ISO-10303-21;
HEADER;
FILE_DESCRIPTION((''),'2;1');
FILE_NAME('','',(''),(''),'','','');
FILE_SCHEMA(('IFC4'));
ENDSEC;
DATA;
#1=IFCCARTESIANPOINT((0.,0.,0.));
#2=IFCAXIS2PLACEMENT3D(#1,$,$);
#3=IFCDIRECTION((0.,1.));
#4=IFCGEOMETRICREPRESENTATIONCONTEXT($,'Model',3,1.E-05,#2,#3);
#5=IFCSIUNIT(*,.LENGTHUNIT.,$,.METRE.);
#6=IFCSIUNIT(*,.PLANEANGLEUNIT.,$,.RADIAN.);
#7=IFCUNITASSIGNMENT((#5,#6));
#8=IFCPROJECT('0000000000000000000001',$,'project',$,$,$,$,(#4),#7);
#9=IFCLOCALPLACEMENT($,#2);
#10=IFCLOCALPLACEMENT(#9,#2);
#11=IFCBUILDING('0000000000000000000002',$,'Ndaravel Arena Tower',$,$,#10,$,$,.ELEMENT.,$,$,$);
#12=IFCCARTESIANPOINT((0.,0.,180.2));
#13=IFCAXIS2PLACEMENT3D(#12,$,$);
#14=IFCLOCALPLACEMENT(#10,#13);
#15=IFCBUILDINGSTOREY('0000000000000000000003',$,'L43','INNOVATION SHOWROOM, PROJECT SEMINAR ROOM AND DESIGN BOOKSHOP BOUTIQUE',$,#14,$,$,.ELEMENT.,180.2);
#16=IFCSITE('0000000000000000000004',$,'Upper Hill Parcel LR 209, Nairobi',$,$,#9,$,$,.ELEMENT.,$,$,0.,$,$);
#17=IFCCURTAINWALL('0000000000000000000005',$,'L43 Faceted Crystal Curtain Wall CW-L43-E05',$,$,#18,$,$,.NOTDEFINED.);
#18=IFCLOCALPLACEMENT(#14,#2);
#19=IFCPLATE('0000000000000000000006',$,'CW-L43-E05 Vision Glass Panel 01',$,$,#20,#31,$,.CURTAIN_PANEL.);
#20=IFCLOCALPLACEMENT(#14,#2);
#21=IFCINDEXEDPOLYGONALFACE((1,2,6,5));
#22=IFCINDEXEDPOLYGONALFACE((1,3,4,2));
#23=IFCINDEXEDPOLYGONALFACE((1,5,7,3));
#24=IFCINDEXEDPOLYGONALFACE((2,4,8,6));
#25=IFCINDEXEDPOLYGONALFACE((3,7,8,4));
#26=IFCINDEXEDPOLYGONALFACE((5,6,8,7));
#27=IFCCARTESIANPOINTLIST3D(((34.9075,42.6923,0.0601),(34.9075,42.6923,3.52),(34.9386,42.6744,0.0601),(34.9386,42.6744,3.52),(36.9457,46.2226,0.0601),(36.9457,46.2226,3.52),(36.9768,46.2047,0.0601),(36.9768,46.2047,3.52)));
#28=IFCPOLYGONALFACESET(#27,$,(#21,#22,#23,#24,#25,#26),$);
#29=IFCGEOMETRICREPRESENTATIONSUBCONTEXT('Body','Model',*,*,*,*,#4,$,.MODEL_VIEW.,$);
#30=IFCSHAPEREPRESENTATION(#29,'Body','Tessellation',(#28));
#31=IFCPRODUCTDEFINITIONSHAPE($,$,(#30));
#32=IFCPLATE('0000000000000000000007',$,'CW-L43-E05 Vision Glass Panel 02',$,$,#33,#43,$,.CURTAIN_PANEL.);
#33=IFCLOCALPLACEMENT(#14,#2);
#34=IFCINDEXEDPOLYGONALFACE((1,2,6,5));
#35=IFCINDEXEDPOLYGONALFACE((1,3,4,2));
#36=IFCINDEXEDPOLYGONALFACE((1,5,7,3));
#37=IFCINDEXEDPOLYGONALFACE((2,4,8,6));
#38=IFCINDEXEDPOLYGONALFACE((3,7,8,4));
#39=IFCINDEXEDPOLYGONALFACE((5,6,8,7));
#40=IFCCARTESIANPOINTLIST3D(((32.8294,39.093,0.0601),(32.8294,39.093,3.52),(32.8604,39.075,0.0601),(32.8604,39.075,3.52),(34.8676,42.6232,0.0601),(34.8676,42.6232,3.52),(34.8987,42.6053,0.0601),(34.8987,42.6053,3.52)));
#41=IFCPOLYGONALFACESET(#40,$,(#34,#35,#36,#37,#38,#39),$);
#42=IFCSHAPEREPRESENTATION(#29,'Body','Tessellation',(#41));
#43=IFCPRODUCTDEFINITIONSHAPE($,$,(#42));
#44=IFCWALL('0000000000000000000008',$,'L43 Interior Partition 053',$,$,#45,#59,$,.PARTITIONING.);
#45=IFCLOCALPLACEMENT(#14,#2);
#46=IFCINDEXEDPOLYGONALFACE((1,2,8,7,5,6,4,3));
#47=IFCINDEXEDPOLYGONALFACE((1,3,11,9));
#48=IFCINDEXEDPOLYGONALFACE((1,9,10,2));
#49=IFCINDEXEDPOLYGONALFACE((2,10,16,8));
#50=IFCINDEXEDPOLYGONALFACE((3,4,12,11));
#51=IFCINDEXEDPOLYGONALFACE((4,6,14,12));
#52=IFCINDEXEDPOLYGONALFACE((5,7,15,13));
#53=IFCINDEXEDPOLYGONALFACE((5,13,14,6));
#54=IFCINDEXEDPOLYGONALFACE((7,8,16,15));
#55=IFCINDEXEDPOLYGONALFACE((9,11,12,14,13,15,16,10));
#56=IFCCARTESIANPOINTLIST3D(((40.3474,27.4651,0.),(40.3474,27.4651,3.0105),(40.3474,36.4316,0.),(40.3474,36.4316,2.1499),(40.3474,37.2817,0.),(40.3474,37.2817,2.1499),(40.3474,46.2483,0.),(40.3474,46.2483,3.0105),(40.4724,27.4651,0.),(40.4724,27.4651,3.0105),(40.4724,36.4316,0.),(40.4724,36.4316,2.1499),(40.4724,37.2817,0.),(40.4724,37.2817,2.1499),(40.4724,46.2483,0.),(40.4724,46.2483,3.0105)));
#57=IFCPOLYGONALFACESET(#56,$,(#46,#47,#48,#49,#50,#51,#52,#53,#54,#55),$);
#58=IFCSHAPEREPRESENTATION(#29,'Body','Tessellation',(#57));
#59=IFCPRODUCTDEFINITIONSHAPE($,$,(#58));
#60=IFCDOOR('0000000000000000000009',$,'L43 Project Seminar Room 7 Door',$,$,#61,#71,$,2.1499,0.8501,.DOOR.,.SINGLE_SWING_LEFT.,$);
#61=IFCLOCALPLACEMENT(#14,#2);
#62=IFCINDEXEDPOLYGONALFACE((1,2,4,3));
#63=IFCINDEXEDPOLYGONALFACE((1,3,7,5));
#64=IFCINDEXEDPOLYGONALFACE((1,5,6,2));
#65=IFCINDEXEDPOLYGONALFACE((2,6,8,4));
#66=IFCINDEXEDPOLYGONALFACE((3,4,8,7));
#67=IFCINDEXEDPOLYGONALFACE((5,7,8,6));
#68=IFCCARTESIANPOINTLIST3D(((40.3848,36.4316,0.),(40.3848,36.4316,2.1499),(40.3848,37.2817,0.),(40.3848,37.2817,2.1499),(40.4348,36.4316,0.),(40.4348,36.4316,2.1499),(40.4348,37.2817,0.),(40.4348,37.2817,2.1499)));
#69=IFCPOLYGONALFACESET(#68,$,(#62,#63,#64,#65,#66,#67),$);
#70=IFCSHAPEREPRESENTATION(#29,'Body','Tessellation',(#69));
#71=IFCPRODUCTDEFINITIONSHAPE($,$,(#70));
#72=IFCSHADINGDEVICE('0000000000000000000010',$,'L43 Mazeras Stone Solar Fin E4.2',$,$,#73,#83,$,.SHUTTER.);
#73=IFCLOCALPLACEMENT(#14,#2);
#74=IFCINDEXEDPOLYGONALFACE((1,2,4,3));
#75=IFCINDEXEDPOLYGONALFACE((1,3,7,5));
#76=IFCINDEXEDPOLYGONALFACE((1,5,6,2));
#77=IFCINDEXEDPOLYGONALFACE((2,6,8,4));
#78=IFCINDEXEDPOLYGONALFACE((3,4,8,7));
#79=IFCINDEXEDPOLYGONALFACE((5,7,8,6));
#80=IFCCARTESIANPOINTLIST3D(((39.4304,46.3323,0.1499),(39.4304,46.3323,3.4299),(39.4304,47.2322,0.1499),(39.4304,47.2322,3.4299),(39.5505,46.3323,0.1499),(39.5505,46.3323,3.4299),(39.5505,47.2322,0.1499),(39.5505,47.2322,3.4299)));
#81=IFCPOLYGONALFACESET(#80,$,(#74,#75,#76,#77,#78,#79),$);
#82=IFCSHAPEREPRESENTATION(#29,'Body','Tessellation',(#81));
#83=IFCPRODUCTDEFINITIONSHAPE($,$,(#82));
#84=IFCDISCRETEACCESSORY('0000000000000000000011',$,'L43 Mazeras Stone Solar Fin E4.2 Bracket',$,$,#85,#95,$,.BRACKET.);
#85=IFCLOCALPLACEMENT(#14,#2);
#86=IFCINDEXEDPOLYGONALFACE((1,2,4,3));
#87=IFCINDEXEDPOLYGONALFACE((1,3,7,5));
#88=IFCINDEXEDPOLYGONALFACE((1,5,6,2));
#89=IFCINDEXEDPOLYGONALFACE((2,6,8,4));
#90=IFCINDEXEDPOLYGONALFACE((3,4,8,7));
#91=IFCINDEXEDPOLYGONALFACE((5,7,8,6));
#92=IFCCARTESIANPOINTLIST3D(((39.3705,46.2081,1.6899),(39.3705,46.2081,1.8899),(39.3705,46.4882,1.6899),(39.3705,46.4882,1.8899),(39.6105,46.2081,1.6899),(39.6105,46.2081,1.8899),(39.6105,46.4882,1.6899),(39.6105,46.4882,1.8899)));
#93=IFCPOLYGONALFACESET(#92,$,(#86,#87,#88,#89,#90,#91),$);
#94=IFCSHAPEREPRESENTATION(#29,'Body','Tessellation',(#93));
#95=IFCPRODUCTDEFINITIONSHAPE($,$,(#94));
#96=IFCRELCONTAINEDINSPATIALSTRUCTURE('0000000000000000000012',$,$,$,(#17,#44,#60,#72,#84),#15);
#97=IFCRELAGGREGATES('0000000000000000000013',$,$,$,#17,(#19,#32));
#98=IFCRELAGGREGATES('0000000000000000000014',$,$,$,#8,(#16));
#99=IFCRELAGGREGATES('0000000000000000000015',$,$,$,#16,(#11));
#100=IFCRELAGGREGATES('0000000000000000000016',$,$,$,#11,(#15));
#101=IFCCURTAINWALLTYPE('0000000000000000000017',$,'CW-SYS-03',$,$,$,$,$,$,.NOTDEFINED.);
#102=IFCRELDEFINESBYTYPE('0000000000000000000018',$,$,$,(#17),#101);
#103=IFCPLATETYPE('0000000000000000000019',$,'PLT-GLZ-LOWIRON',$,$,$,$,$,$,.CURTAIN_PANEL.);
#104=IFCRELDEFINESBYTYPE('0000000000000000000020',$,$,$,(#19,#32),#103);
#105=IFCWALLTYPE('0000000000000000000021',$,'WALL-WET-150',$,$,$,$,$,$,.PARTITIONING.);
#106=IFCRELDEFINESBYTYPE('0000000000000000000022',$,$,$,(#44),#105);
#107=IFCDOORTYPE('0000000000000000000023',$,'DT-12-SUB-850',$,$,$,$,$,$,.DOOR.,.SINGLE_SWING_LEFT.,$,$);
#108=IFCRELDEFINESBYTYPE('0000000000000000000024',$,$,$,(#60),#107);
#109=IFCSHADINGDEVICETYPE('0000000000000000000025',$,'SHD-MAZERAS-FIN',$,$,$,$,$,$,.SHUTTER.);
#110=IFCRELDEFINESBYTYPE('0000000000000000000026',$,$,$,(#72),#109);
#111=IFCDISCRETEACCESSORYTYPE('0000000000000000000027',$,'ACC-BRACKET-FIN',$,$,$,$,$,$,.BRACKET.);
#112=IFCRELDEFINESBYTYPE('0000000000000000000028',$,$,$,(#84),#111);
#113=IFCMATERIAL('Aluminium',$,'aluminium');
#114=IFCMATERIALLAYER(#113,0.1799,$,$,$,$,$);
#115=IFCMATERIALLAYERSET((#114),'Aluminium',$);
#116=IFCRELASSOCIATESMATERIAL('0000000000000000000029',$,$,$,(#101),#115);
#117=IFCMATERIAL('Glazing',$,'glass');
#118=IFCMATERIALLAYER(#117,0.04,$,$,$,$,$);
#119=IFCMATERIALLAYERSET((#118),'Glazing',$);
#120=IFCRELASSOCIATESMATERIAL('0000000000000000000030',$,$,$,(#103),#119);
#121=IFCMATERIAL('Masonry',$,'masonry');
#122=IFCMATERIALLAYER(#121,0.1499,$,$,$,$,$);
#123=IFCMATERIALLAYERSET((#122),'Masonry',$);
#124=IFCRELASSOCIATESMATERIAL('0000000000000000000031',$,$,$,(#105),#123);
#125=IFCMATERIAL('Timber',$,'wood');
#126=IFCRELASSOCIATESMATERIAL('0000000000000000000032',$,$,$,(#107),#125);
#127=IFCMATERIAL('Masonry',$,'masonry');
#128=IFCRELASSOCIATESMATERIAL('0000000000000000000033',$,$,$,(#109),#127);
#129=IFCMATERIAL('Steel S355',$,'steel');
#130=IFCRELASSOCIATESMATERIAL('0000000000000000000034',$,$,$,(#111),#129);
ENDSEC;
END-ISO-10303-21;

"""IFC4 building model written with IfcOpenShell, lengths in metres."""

from ifc_helpers import new_model, si_unit, direction, frame, frame_2d, origin, origin_2d, place, context, subcontext, project, spatial, rectangle, extrude, material, layer, layer_set, type_object, element, fill, aggregate, save


model = new_model("IFC4")

# Units and contexts
model_context = context("Model", 3, precision=1e-05, world=origin(), true_north=direction((0.0, 1.0)))
body_context = subcontext(model_context, "Body", "Model", "MODEL_VIEW")
ifc_project = project(units=[si_unit("LENGTHUNIT", "METRE"), si_unit("PLANEANGLEUNIT", "RADIAN")], contexts=[model_context])

# Site, building, storey
site_placement = place(None, origin())
site = spatial("IfcSite", under=ifc_project, at=site_placement, Name="Upper Hill Parcel LR 209, Nairobi", CompositionType="ELEMENT", RefElevation=0.0)
building_placement = place(site_placement, origin())
building = spatial("IfcBuilding", under=site, at=building_placement, Name="Ndaravel Arena Tower", CompositionType="ELEMENT")
storey_placement = place(building_placement, frame((0.0, 0.0, 180.2)))
storey = spatial("IfcBuildingStorey", under=building, at=storey_placement, Name="L43", Description="INNOVATION SHOWROOM, PROJECT SEMINAR ROOM AND DESIGN BOOKSHOP BOUTIQUE", CompositionType="ELEMENT", Elevation=180.2)

# Curtain wall
ifc_material_1 = material(Name="Aluminium", Category="aluminium")
ifc_layer_1 = layer(ifc_material_1, 0.1799)
ifc_layer_set_1 = layer_set([ifc_layer_1], Name="Aluminium")
curtain_wall_type_1 = type_object("IfcCurtainWallType", Name="CW-SYS-03", PredefinedType="NOTDEFINED", material=ifc_layer_set_1)
curtain_wall_1_placement = place(storey_placement, origin())
curtain_wall_1 = element("IfcCurtainWall", 1, at=curtain_wall_1_placement, inside=storey, type_object=curtain_wall_type_1, Name="L43 Faceted Crystal Curtain Wall CW-L43-E05", PredefinedType="NOTDEFINED")

# Plates
ifc_material_2 = material(Name="Glazing", Category="glass")
ifc_layer_2 = layer(ifc_material_2, 0.04)
ifc_layer_set_2 = layer_set([ifc_layer_2], Name="Glazing")
plate_type_1 = type_object("IfcPlateType", Name="PLT-GLZ-LOWIRON", PredefinedType="CURTAIN_PANEL", material=ifc_layer_set_2)
plate_1_placement = place(storey_placement, frame((35.9421, 44.4485, 0.0601), z_axis=(0.0, 0.0, 1.0), x_axis=(-0.5, -0.866025, 0.0)))
plate_1 = element("IfcPlate", 2, at=plate_1_placement, type_object=plate_type_1, Name="CW-L43-E05 Vision Glass Panel 01", PredefinedType="CURTAIN_PANEL", context=body_context, shape_type="SweptSolid", body=[
    extrude(rectangle(XDim=4.0764, YDim=0.0359, at=origin_2d()), origin(), (0.0, 0.0, 1.0), 3.46),
])
plate_2_placement = place(storey_placement, frame((33.864, 40.8491, 0.0601), z_axis=(0.0, 0.0, 1.0), x_axis=(-0.5, -0.866025, 0.0)))
plate_2 = element("IfcPlate", 3, at=plate_2_placement, type_object=plate_type_1, Name="CW-L43-E05 Vision Glass Panel 02", PredefinedType="CURTAIN_PANEL", context=body_context, shape_type="SweptSolid", body=[
    extrude(rectangle(XDim=4.0764, YDim=0.0359, at=origin_2d()), origin(), (0.0, 0.0, 1.0), 3.46),
])
aggregate(curtain_wall_1, [plate_1, plate_2])

# Wall, opening, door
ifc_material_3 = material(Name="Masonry", Category="masonry")
ifc_layer_3 = layer(ifc_material_3, 0.1499)
ifc_layer_set_3 = layer_set([ifc_layer_3], Name="Masonry")
wall_type = type_object("IfcWallType", Name="WALL-WET-150", PredefinedType="PARTITIONING", material=ifc_layer_set_3)
wall_placement = place(storey_placement, frame((40.4099, 46.2483, 0.0), z_axis=(0.0, 0.0, 1.0), x_axis=(0.0, -1.0, 0.0)))
wall = element("IfcWall", 4, at=wall_placement, inside=storey, type_object=wall_type, Name="L43 Interior Partition 053", PredefinedType="PARTITIONING", context=body_context, shape_type="SweptSolid", body=[
    extrude(rectangle(XDim=18.7832, YDim=0.125, at=frame_2d((9.3916, 0.0))), origin(), (0.0, 0.0, 1.0), 3.0105),
])
opening_placement = place(wall_placement, frame((8.9666, 0.0, 0.0)))
opening = element("IfcOpeningElement", 5, at=opening_placement, cuts=wall, PredefinedType="OPENING", context=body_context, shape_type="SweptSolid", body=[
    extrude(rectangle(XDim=0.8501, YDim=2.1499, at=frame_2d((0.425, 1.075))), frame((0.0, 0.0625, 0.0), z_axis=(0.0, -1.0, 0.0), x_axis=(1.0, 0.0, 0.0)), (0.0, 0.0, 1.0), 0.125),
])
ifc_material_4 = material(Name="Timber", Category="wood")
door_type = type_object("IfcDoorType", Name="DT-12-SUB-850", OperationType="SINGLE_SWING_LEFT", PredefinedType="DOOR", material=ifc_material_4)
door_placement = place(opening_placement, origin())
door = element("IfcDoor", 6, at=door_placement, inside=storey, type_object=door_type, Name="L43 Project Seminar Room 7 Door", OperationType="SINGLE_SWING_LEFT", OverallHeight=2.1499, OverallWidth=0.8501, PredefinedType="DOOR", context=body_context, shape_type="SweptSolid", body=[
    extrude(rectangle(XDim=0.8501, YDim=2.1499, at=frame_2d((0.425, 1.075))), frame((0.0, 0.0249, 0.0), z_axis=(0.0, -1.0, 0.0), x_axis=(1.0, 0.0, 0.0)), (0.0, 0.0, 1.0), 0.05),
])
fill(opening, door)

# Shading device
ifc_material_5 = material(Name="Masonry", Category="masonry")
shading_device_type = type_object("IfcShadingDeviceType", Name="SHD-MAZERAS-FIN", PredefinedType="SHUTTER", material=ifc_material_5)
shading_device_placement = place(storey_placement, frame((39.4905, 46.7822, 0.1499), z_axis=(0.0, 0.0, 1.0), x_axis=(0.0, 1.0, 0.0)))
element("IfcShadingDevice", 7, at=shading_device_placement, inside=storey, type_object=shading_device_type, Name="L43 Mazeras Stone Solar Fin E4.2", PredefinedType="SHUTTER", context=body_context, shape_type="SweptSolid", body=[
    extrude(rectangle(XDim=0.8999, YDim=0.1201, at=origin_2d()), origin(), (0.0, 0.0, 1.0), 3.28),
])

# Discrete accessory
ifc_material_6 = material(Name="Steel S355", Category="steel")
discrete_accessory_type = type_object("IfcDiscreteAccessoryType", Name="ACC-BRACKET-FIN", PredefinedType="BRACKET", material=ifc_material_6)
discrete_accessory_placement = place(storey_placement, frame((39.4905, 46.3481, 1.6899), z_axis=(0.0, 0.0, 1.0), x_axis=(0.0, 1.0, 0.0)))
element("IfcDiscreteAccessory", 8, at=discrete_accessory_placement, inside=storey, type_object=discrete_accessory_type, Name="L43 Mazeras Stone Solar Fin E4.2 Bracket", PredefinedType="BRACKET", context=body_context, shape_type="SweptSolid", body=[
    extrude(rectangle(XDim=0.28, YDim=0.24, at=origin_2d()), origin(), (0.0, 0.0, 1.0), 0.2),
])

save(model, "model.ifc")
